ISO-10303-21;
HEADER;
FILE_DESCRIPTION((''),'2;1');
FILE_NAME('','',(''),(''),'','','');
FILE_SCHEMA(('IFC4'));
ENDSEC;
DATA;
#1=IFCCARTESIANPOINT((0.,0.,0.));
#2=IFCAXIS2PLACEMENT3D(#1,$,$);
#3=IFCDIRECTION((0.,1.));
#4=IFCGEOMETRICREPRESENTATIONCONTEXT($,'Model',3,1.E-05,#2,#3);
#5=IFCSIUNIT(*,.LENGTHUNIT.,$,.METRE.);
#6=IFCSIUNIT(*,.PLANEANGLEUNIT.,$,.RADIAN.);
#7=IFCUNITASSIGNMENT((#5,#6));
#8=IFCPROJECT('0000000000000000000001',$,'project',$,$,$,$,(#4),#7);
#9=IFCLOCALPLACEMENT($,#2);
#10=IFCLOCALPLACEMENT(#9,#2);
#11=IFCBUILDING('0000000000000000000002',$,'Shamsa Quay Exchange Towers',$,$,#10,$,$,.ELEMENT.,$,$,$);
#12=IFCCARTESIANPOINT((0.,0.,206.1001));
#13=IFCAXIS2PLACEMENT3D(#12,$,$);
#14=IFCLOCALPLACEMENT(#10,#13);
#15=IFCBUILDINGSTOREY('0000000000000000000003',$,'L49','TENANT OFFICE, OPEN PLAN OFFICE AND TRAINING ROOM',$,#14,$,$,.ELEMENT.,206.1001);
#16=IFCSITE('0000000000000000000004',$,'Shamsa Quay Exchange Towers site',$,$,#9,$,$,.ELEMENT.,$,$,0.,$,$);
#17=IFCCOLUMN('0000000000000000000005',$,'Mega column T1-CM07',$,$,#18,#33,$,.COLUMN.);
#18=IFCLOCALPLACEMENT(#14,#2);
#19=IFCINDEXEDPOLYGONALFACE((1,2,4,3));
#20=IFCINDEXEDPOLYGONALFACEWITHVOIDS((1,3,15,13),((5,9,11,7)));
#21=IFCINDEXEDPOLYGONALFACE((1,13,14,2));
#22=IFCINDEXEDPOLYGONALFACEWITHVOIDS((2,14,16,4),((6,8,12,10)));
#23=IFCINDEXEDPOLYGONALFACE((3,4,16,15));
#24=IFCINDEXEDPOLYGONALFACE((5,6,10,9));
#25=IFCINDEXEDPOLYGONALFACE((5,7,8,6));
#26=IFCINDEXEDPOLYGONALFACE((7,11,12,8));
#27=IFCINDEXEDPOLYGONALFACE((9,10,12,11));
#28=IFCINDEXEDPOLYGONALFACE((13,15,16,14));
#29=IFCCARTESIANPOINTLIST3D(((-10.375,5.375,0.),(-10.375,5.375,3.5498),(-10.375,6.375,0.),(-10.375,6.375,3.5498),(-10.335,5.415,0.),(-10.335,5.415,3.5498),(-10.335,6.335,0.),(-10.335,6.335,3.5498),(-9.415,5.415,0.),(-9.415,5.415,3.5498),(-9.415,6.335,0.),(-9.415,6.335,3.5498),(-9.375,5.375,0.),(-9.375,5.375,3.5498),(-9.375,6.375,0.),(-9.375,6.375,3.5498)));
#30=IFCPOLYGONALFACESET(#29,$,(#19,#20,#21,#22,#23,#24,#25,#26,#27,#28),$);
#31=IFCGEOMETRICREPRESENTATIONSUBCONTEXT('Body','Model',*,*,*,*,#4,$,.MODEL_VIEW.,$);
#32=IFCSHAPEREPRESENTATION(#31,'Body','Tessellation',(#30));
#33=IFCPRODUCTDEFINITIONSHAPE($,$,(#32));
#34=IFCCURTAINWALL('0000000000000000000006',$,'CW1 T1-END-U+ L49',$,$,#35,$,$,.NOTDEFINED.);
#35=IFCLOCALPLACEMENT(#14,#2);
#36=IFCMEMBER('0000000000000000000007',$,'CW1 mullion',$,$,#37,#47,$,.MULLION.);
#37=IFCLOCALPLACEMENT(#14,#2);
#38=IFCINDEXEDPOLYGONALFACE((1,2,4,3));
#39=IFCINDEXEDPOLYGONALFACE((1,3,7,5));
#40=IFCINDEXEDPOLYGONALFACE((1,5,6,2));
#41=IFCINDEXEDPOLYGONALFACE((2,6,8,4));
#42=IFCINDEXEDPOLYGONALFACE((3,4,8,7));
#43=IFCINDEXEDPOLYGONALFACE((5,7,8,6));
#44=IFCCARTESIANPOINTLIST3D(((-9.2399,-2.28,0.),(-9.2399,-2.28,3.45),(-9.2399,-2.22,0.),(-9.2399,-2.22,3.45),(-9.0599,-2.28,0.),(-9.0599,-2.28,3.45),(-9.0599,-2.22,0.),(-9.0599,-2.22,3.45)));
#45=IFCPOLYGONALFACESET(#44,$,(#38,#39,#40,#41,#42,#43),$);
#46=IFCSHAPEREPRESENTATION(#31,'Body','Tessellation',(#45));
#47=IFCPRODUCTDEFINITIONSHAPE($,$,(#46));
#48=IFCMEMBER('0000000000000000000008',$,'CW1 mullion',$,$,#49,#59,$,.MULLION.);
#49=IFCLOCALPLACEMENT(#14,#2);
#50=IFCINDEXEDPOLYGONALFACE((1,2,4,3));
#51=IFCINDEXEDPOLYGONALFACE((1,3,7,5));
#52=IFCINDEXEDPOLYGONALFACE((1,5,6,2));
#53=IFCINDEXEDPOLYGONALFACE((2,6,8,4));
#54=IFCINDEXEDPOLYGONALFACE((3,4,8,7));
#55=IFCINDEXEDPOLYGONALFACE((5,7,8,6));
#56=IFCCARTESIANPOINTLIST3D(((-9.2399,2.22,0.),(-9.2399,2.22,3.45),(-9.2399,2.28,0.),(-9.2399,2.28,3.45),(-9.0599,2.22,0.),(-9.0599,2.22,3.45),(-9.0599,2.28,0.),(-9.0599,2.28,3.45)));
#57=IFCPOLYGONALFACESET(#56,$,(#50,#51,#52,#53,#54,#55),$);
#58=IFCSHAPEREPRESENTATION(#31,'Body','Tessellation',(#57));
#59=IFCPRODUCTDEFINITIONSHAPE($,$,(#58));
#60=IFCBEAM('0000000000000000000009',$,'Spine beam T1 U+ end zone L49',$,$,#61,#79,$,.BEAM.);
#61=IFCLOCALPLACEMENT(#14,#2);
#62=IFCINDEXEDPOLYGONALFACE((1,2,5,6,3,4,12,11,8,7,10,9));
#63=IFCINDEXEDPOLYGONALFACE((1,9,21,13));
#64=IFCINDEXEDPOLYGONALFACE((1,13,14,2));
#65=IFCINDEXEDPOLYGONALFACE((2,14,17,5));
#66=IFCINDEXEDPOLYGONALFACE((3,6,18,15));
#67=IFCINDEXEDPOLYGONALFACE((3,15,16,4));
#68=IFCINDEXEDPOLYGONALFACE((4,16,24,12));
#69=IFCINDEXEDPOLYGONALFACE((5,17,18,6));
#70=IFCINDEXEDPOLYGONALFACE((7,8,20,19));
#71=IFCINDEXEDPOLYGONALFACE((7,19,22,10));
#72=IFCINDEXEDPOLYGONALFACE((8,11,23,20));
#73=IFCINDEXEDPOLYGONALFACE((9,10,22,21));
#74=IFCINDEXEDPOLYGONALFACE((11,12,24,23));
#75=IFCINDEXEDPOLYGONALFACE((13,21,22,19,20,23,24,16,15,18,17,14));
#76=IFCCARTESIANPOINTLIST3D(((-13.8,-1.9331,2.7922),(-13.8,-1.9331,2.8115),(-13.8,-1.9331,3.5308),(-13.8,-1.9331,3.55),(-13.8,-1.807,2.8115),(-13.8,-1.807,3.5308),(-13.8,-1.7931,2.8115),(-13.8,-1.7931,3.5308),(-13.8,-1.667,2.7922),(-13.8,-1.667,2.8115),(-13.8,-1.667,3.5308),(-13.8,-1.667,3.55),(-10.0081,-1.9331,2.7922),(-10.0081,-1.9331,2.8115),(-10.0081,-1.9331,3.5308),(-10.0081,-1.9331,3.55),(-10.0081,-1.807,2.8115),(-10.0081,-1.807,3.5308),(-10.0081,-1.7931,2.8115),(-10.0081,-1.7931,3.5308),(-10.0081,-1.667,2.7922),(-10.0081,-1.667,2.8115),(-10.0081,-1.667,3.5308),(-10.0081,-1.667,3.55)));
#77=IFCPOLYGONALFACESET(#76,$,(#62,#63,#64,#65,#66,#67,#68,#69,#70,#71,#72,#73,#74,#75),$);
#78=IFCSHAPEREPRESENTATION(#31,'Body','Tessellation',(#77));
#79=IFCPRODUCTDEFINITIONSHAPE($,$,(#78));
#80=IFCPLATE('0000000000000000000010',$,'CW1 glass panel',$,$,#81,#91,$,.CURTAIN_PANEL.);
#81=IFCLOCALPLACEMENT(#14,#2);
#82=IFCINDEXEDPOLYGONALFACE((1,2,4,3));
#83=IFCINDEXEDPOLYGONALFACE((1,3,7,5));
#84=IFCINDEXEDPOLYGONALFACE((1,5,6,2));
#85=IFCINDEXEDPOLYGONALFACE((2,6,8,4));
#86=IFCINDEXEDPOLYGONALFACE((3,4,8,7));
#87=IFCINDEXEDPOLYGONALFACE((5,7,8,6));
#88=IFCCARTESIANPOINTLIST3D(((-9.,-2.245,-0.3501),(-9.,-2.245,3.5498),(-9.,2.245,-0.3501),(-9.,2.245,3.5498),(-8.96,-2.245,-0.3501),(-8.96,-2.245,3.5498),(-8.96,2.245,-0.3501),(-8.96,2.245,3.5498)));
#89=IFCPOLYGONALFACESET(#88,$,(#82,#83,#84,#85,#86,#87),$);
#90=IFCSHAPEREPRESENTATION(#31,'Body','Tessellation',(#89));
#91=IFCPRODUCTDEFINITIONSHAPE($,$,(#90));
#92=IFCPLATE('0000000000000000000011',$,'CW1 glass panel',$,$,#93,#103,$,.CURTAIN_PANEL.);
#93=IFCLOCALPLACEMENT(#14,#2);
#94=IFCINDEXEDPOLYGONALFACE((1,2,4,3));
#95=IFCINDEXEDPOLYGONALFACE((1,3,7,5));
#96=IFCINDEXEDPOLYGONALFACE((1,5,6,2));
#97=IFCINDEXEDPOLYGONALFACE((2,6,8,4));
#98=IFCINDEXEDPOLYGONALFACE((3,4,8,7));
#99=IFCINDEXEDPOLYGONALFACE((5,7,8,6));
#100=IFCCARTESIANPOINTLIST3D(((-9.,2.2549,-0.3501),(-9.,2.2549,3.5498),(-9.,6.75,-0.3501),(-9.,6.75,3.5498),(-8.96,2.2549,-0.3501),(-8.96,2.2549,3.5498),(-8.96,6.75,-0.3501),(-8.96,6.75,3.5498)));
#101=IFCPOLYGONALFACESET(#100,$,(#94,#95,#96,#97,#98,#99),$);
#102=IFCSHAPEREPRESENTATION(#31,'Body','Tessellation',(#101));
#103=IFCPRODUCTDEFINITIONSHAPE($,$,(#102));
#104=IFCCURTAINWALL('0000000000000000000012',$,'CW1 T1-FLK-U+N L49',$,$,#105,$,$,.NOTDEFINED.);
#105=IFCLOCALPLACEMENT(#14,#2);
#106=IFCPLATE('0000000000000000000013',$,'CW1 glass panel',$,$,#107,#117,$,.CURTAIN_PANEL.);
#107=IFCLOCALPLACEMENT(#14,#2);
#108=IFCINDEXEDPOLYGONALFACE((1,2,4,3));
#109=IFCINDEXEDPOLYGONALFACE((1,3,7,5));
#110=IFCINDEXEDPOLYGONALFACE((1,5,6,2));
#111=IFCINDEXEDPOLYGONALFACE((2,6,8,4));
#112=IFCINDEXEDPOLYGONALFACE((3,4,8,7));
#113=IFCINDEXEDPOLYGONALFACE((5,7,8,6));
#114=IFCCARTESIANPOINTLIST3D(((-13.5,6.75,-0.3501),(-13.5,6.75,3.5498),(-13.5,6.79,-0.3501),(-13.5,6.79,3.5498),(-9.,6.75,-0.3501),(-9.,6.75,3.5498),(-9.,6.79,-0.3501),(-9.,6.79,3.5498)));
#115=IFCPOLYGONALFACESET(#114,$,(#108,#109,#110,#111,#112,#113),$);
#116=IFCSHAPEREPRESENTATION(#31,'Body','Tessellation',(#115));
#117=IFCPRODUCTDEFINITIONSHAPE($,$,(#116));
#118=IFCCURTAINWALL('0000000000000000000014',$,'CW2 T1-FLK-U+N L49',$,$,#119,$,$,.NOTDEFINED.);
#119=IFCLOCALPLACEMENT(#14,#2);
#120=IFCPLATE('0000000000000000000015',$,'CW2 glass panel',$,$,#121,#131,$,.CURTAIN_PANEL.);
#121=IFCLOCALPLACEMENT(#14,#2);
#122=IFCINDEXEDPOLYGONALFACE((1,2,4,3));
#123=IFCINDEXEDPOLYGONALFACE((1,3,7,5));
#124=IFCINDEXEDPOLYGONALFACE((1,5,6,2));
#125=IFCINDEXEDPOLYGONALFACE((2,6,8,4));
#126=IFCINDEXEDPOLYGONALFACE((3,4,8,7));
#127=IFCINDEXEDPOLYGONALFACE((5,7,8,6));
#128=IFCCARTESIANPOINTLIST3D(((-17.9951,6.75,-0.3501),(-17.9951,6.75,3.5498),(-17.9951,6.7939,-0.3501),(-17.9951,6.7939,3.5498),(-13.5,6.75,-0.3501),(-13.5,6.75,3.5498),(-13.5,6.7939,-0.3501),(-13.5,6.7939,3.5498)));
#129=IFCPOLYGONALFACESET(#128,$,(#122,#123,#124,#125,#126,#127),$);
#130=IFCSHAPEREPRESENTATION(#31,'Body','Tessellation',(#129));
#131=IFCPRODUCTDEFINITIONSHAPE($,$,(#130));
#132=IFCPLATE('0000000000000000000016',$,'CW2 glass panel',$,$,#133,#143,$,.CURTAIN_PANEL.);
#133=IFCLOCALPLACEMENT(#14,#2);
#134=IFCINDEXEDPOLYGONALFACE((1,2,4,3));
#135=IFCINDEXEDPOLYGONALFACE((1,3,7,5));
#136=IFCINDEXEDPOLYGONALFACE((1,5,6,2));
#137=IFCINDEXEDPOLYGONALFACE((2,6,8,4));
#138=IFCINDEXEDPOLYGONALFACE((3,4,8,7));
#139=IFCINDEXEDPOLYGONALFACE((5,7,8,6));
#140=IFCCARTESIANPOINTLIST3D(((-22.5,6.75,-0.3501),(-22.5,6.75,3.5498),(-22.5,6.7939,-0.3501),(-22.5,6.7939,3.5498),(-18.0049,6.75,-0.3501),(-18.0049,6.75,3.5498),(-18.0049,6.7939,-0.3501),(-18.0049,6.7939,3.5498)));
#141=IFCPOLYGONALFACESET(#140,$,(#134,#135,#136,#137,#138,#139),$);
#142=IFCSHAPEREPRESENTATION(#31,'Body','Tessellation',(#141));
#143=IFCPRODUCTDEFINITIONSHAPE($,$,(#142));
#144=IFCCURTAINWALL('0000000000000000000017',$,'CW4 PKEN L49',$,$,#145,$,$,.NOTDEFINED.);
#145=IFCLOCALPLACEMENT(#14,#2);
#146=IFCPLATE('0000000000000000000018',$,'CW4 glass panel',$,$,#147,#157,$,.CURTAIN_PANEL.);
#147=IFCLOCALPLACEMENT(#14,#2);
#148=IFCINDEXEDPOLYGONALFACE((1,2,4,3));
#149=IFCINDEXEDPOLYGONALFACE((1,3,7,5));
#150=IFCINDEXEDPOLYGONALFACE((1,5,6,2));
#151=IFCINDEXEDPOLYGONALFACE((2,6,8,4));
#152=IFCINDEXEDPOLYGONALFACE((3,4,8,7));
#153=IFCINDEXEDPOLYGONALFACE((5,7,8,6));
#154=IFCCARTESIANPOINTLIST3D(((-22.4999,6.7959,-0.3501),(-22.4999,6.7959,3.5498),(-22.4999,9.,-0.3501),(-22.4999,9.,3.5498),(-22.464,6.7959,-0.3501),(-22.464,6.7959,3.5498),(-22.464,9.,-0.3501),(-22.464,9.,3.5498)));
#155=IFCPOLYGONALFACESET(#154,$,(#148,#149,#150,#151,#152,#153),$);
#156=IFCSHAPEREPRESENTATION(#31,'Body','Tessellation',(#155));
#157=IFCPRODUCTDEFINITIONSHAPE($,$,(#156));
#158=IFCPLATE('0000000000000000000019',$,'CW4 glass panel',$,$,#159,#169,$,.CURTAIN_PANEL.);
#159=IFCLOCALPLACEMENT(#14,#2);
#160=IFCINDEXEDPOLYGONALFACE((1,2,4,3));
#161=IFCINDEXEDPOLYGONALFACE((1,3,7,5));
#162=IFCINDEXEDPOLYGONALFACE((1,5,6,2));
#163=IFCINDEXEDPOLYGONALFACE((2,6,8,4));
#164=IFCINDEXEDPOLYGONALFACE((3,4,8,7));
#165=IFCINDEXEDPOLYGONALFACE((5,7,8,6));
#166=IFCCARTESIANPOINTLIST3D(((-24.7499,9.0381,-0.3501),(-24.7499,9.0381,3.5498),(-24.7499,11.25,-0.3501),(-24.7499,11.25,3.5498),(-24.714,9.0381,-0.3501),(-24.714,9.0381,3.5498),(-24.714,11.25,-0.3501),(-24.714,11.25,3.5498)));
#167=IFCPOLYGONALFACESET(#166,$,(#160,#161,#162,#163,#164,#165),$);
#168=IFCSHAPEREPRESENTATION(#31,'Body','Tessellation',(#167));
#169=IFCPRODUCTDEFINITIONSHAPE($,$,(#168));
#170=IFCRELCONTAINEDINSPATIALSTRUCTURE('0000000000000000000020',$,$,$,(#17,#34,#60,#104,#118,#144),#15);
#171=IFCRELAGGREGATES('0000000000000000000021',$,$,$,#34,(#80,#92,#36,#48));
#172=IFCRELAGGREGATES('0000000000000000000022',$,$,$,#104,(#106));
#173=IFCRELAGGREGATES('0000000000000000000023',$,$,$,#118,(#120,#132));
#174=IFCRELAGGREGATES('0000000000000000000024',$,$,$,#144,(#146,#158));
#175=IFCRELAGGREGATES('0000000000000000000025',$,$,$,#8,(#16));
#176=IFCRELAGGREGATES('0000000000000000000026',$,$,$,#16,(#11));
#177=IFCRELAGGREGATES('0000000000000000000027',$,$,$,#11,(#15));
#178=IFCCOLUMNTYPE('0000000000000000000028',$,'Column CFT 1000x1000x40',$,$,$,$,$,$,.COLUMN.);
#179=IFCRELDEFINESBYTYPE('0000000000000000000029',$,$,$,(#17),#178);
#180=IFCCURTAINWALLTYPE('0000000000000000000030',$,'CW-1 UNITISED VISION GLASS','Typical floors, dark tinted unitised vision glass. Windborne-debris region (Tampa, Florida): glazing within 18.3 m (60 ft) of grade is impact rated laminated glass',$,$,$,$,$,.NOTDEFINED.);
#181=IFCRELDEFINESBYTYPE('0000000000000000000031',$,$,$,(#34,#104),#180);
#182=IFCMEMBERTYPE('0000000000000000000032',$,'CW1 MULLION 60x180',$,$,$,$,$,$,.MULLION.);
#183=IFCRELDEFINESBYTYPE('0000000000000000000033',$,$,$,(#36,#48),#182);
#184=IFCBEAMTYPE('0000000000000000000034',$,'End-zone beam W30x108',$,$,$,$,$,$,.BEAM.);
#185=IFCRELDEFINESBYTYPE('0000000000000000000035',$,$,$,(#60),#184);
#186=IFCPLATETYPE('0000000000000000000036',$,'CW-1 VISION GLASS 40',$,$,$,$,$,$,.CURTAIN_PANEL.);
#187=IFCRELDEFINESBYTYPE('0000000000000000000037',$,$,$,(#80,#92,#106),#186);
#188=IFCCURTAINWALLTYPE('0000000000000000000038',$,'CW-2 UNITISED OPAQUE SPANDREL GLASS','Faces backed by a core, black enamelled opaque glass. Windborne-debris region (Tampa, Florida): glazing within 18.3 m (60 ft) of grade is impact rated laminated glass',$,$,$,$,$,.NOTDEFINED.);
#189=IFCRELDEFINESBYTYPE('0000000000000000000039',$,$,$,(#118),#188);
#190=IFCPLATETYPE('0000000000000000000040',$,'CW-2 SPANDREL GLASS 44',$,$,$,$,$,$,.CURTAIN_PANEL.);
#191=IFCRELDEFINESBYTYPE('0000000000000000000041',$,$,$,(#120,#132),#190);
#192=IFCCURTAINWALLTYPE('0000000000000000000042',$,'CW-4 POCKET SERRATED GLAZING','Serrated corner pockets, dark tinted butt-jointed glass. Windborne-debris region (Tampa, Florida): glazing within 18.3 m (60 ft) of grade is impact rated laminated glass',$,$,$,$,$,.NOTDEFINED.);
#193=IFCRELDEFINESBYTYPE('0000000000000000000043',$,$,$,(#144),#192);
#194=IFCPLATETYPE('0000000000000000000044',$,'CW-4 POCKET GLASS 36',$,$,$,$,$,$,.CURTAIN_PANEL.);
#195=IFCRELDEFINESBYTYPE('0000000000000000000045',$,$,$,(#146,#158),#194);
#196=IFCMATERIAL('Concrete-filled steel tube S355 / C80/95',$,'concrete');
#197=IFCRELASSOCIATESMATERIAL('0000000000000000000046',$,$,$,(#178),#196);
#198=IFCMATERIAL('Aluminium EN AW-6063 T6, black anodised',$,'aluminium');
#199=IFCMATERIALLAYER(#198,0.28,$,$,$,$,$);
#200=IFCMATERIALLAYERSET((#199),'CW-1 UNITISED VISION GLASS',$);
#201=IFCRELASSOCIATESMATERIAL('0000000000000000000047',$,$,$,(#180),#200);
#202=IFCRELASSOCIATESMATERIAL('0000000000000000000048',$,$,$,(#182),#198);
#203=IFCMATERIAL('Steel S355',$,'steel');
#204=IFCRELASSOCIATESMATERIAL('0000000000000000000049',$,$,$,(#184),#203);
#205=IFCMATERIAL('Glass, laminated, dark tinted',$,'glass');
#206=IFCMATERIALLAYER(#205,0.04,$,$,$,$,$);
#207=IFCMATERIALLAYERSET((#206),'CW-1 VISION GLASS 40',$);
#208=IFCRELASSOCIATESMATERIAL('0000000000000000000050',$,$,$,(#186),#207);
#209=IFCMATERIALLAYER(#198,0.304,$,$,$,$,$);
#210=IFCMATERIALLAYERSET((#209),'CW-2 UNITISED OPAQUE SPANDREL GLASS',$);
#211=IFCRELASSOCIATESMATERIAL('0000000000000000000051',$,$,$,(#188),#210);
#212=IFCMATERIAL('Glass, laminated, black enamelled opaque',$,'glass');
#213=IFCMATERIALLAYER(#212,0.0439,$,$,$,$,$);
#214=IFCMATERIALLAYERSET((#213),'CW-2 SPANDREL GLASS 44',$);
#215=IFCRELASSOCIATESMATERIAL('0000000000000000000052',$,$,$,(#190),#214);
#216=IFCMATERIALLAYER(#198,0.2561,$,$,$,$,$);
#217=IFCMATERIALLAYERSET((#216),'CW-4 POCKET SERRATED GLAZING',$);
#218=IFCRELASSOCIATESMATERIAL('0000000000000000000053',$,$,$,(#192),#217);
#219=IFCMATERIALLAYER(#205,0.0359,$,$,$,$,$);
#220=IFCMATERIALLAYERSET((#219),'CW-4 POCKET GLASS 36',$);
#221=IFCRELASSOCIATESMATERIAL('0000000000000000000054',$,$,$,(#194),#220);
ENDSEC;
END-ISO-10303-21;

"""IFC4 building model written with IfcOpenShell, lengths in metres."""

from ifc_helpers import new_model, si_unit, direction, frame, origin, origin_2d, place, context, subcontext, project, spatial, rectangle, hollow_rectangle, i_section, extrude, material, layer, layer_set, material_profile, profile_set, type_object, element, aggregate, save


model = new_model("IFC4")

# Units and contexts
model_context = context("Model", 3, precision=1e-05, world=origin(), true_north=direction((0.0, 1.0)))
body_context = subcontext(model_context, "Body", "Model", "MODEL_VIEW")
ifc_project = project(units=[si_unit("LENGTHUNIT", "METRE"), si_unit("PLANEANGLEUNIT", "RADIAN")], contexts=[model_context])

# Site, building, storey
site_placement = place(None, origin())
site = spatial("IfcSite", under=ifc_project, at=site_placement, Name="Shamsa Quay Exchange Towers site", CompositionType="ELEMENT", RefElevation=0.0)
building_placement = place(site_placement, origin())
building = spatial("IfcBuilding", under=site, at=building_placement, Name="Shamsa Quay Exchange Towers", CompositionType="ELEMENT")
storey_placement = place(building_placement, frame((0.0, 0.0, 206.1001)))
storey = spatial("IfcBuildingStorey", under=building, at=storey_placement, Name="L49", Description="TENANT OFFICE, OPEN PLAN OFFICE AND TRAINING ROOM", CompositionType="ELEMENT", Elevation=206.1001)

# Column
ifc_material_1 = material(Name="Concrete-filled steel tube S355 / C80/95", Category="concrete")
ifc_material_profile_1 = material_profile(ifc_material_1, hollow_rectangle(XDim=1.0, YDim=1.0, WallThickness=0.04, at=origin_2d()), Name="CFT 1000x1000x40")
ifc_profile_set_1 = profile_set([ifc_material_profile_1], Name="Concrete-filled steel tube S355 / C80/95")
column_type = type_object("IfcColumnType", Name="Column CFT 1000x1000x40", PredefinedType="COLUMN", material=ifc_profile_set_1)
column_placement = place(storey_placement, frame((-9.875, 5.875, 0.0)))
element("IfcColumn", 1, at=column_placement, inside=storey, type_object=column_type, Name="Mega column T1-CM07", PredefinedType="COLUMN", context=body_context, shape_type="SweptSolid", body=[
    extrude(hollow_rectangle(XDim=1.0, YDim=1.0, WallThickness=0.04, at=origin_2d()), origin(), (0.0, 0.0, 1.0), 3.5498),
])

# Curtain wall, members
ifc_material_2 = material(Name="Aluminium EN AW-6063 T6, black anodised", Category="aluminium")
ifc_layer_1 = layer(ifc_material_2, 0.28)
ifc_layer_set_1 = layer_set([ifc_layer_1], Name="CW-1 UNITISED VISION GLASS")
curtain_wall_type_1 = type_object("IfcCurtainWallType", Name="CW-1 UNITISED VISION GLASS", Description="Typical floors, dark tinted unitised vision glass. Windborne-debris region (Tampa, Florida): glazing within 18.3 m (60 ft) of grade is impact rated laminated glass", PredefinedType="NOTDEFINED", material=ifc_layer_set_1)
curtain_wall_1_placement = place(storey_placement, origin())
curtain_wall_1 = element("IfcCurtainWall", 2, at=curtain_wall_1_placement, inside=storey, type_object=curtain_wall_type_1, Name="CW1 T1-END-U+ L49", PredefinedType="NOTDEFINED")
ifc_material_profile_2 = material_profile(ifc_material_2, rectangle(XDim=0.1799, YDim=0.0601, at=origin_2d()), Name="MU60x180")
ifc_profile_set_2 = profile_set([ifc_material_profile_2], Name="Aluminium EN AW-6063 T6, black anodised")
member_type = type_object("IfcMemberType", Name="CW1 MULLION 60x180", PredefinedType="MULLION", material=ifc_profile_set_2)
member_1_placement = place(storey_placement, frame((-9.1499, -2.25, 0.0), z_axis=(0.0, 0.0, 1.0), x_axis=(-1.0, 0.0, 0.0)))
member_1 = element("IfcMember", 3, at=member_1_placement, type_object=member_type, Name="CW1 mullion", PredefinedType="MULLION", context=body_context, shape_type="SweptSolid", body=[
    extrude(rectangle(XDim=0.1799, YDim=0.0601, at=origin_2d()), origin(), (0.0, 0.0, 1.0), 3.45),
])
member_2_placement = place(storey_placement, frame((-9.1499, 2.25, 0.0), z_axis=(0.0, 0.0, 1.0), x_axis=(-1.0, 0.0, 0.0)))
member_2 = element("IfcMember", 4, at=member_2_placement, type_object=member_type, Name="CW1 mullion", PredefinedType="MULLION", context=body_context, shape_type="SweptSolid", body=[
    extrude(rectangle(XDim=0.1799, YDim=0.0601, at=origin_2d()), origin(), (0.0, 0.0, 1.0), 3.45),
])

# Beam
ifc_material_3 = material(Name="Steel S355", Category="steel")
ifc_material_profile_3 = material_profile(ifc_material_3, i_section(OverallWidth=0.2661, OverallDepth=0.7578, WebThickness=0.0139, FlangeThickness=0.0193, at=origin_2d()), Name="W30x108")
ifc_profile_set_3 = profile_set([ifc_material_profile_3], Name="Steel S355")
beam_type = type_object("IfcBeamType", Name="End-zone beam W30x108", PredefinedType="BEAM", material=ifc_profile_set_3)
beam_placement = place(storey_placement, frame((-13.8, -1.8, 3.1711), z_axis=(1.0, 0.0, 0.0), x_axis=(0.0, 1.0, 0.0)))
element("IfcBeam", 5, at=beam_placement, inside=storey, type_object=beam_type, Name="Spine beam T1 U+ end zone L49", PredefinedType="BEAM", context=body_context, shape_type="SweptSolid", body=[
    extrude(i_section(OverallWidth=0.2661, OverallDepth=0.7578, WebThickness=0.0139, FlangeThickness=0.0193, at=origin_2d()), origin(), (0.0, 0.0, 1.0), 3.792),
])

# Plates
ifc_material_4 = material(Name="Glass, laminated, dark tinted", Category="glass")
ifc_layer_2 = layer(ifc_material_4, 0.04)
ifc_layer_set_2 = layer_set([ifc_layer_2], Name="CW-1 VISION GLASS 40")
plate_type_1 = type_object("IfcPlateType", Name="CW-1 VISION GLASS 40", PredefinedType="CURTAIN_PANEL", material=ifc_layer_set_2)
plate_1_placement = place(storey_placement, frame((-8.98, 0.0, -0.3501), z_axis=(0.0, 0.0, 1.0), x_axis=(0.0, 1.0, 0.0)))
plate_1 = element("IfcPlate", 6, at=plate_1_placement, type_object=plate_type_1, Name="CW1 glass panel", PredefinedType="CURTAIN_PANEL", context=body_context, shape_type="SweptSolid", body=[
    extrude(rectangle(XDim=4.49, YDim=0.04, at=origin_2d()), origin(), (0.0, 0.0, 1.0), 3.8999),
])
plate_2_placement = place(storey_placement, frame((-8.98, 4.5024, -0.3501), z_axis=(0.0, 0.0, 1.0), x_axis=(0.0, 1.0, 0.0)))
plate_2 = element("IfcPlate", 7, at=plate_2_placement, type_object=plate_type_1, Name="CW1 glass panel", PredefinedType="CURTAIN_PANEL", context=body_context, shape_type="SweptSolid", body=[
    extrude(rectangle(XDim=4.4951, YDim=0.04, at=origin_2d()), origin(), (0.0, 0.0, 1.0), 3.8999),
])
aggregate(curtain_wall_1, [plate_1, plate_2, member_1, member_2])

# Curtain wall, plate
curtain_wall_2_placement = place(storey_placement, origin())
curtain_wall_2 = element("IfcCurtainWall", 8, at=curtain_wall_2_placement, inside=storey, type_object=curtain_wall_type_1, Name="CW1 T1-FLK-U+N L49", PredefinedType="NOTDEFINED")
plate_3_placement = place(storey_placement, frame((-11.25, 6.77, -0.3501), z_axis=(0.0, 0.0, 1.0), x_axis=(-1.0, 0.0, 0.0)))
plate_3 = element("IfcPlate", 9, at=plate_3_placement, type_object=plate_type_1, Name="CW1 glass panel", PredefinedType="CURTAIN_PANEL", context=body_context, shape_type="SweptSolid", body=[
    extrude(rectangle(XDim=4.5, YDim=0.04, at=origin_2d()), origin(), (0.0, 0.0, 1.0), 3.8999),
])
aggregate(curtain_wall_2, [plate_3])

# Curtain walls, plates
ifc_layer_3 = layer(ifc_material_2, 0.304)
ifc_layer_set_3 = layer_set([ifc_layer_3], Name="CW-2 UNITISED OPAQUE SPANDREL GLASS")
curtain_wall_type_2 = type_object("IfcCurtainWallType", Name="CW-2 UNITISED OPAQUE SPANDREL GLASS", Description="Faces backed by a core, black enamelled opaque glass. Windborne-debris region (Tampa, Florida): glazing within 18.3 m (60 ft) of grade is impact rated laminated glass", PredefinedType="NOTDEFINED", material=ifc_layer_set_3)
curtain_wall_3_placement = place(storey_placement, origin())
curtain_wall_3 = element("IfcCurtainWall", 10, at=curtain_wall_3_placement, inside=storey, type_object=curtain_wall_type_2, Name="CW2 T1-FLK-U+N L49", PredefinedType="NOTDEFINED")
ifc_material_5 = material(Name="Glass, laminated, black enamelled opaque", Category="glass")
ifc_layer_4 = layer(ifc_material_5, 0.0439)
ifc_layer_set_4 = layer_set([ifc_layer_4], Name="CW-2 SPANDREL GLASS 44")
plate_type_2 = type_object("IfcPlateType", Name="CW-2 SPANDREL GLASS 44", PredefinedType="CURTAIN_PANEL", material=ifc_layer_set_4)
plate_4_placement = place(storey_placement, frame((-15.7476, 6.772, -0.3501), z_axis=(0.0, 0.0, 1.0), x_axis=(-1.0, 0.0, 0.0)))
plate_4 = element("IfcPlate", 11, at=plate_4_placement, type_object=plate_type_2, Name="CW2 glass panel", PredefinedType="CURTAIN_PANEL", context=body_context, shape_type="SweptSolid", body=[
    extrude(rectangle(XDim=4.4951, YDim=0.0439, at=origin_2d()), origin(), (0.0, 0.0, 1.0), 3.8999),
])
plate_5_placement = place(storey_placement, frame((-20.2524, 6.772, -0.3501), z_axis=(0.0, 0.0, 1.0), x_axis=(-1.0, 0.0, 0.0)))
plate_5 = element("IfcPlate", 12, at=plate_5_placement, type_object=plate_type_2, Name="CW2 glass panel", PredefinedType="CURTAIN_PANEL", context=body_context, shape_type="SweptSolid", body=[
    extrude(rectangle(XDim=4.4951, YDim=0.0439, at=origin_2d()), origin(), (0.0, 0.0, 1.0), 3.8999),
])
aggregate(curtain_wall_3, [plate_4, plate_5])
ifc_layer_5 = layer(ifc_material_2, 0.2561)
ifc_layer_set_5 = layer_set([ifc_layer_5], Name="CW-4 POCKET SERRATED GLAZING")
curtain_wall_type_3 = type_object("IfcCurtainWallType", Name="CW-4 POCKET SERRATED GLAZING", Description="Serrated corner pockets, dark tinted butt-jointed glass. Windborne-debris region (Tampa, Florida): glazing within 18.3 m (60 ft) of grade is impact rated laminated glass", PredefinedType="NOTDEFINED", material=ifc_layer_set_5)
curtain_wall_4_placement = place(storey_placement, origin())
curtain_wall_4 = element("IfcCurtainWall", 13, at=curtain_wall_4_placement, inside=storey, type_object=curtain_wall_type_3, Name="CW4 PKEN L49", PredefinedType="NOTDEFINED")
ifc_layer_6 = layer(ifc_material_4, 0.0359)
ifc_layer_set_6 = layer_set([ifc_layer_6], Name="CW-4 POCKET GLASS 36")
plate_type_3 = type_object("IfcPlateType", Name="CW-4 POCKET GLASS 36", PredefinedType="CURTAIN_PANEL", material=ifc_layer_set_6)
plate_6_placement = place(storey_placement, frame((-22.4819, 7.8979, -0.3501), z_axis=(0.0, 0.0, 1.0), x_axis=(0.0, 1.0, 0.0)))
plate_6 = element("IfcPlate", 14, at=plate_6_placement, type_object=plate_type_3, Name="CW4 glass panel", PredefinedType="CURTAIN_PANEL", context=body_context, shape_type="SweptSolid", body=[
    extrude(rectangle(XDim=2.2041, YDim=0.0359, at=origin_2d()), origin(), (0.0, 0.0, 1.0), 3.8999),
])
plate_7_placement = place(storey_placement, frame((-24.7319, 10.144, -0.3501), z_axis=(0.0, 0.0, 1.0), x_axis=(0.0, 1.0, 0.0)))
plate_7 = element("IfcPlate", 15, at=plate_7_placement, type_object=plate_type_3, Name="CW4 glass panel", PredefinedType="CURTAIN_PANEL", context=body_context, shape_type="SweptSolid", body=[
    extrude(rectangle(XDim=2.2119, YDim=0.0359, at=origin_2d()), origin(), (0.0, 0.0, 1.0), 3.8999),
])
aggregate(curtain_wall_4, [plate_6, plate_7])

save(model, "model.ifc")
